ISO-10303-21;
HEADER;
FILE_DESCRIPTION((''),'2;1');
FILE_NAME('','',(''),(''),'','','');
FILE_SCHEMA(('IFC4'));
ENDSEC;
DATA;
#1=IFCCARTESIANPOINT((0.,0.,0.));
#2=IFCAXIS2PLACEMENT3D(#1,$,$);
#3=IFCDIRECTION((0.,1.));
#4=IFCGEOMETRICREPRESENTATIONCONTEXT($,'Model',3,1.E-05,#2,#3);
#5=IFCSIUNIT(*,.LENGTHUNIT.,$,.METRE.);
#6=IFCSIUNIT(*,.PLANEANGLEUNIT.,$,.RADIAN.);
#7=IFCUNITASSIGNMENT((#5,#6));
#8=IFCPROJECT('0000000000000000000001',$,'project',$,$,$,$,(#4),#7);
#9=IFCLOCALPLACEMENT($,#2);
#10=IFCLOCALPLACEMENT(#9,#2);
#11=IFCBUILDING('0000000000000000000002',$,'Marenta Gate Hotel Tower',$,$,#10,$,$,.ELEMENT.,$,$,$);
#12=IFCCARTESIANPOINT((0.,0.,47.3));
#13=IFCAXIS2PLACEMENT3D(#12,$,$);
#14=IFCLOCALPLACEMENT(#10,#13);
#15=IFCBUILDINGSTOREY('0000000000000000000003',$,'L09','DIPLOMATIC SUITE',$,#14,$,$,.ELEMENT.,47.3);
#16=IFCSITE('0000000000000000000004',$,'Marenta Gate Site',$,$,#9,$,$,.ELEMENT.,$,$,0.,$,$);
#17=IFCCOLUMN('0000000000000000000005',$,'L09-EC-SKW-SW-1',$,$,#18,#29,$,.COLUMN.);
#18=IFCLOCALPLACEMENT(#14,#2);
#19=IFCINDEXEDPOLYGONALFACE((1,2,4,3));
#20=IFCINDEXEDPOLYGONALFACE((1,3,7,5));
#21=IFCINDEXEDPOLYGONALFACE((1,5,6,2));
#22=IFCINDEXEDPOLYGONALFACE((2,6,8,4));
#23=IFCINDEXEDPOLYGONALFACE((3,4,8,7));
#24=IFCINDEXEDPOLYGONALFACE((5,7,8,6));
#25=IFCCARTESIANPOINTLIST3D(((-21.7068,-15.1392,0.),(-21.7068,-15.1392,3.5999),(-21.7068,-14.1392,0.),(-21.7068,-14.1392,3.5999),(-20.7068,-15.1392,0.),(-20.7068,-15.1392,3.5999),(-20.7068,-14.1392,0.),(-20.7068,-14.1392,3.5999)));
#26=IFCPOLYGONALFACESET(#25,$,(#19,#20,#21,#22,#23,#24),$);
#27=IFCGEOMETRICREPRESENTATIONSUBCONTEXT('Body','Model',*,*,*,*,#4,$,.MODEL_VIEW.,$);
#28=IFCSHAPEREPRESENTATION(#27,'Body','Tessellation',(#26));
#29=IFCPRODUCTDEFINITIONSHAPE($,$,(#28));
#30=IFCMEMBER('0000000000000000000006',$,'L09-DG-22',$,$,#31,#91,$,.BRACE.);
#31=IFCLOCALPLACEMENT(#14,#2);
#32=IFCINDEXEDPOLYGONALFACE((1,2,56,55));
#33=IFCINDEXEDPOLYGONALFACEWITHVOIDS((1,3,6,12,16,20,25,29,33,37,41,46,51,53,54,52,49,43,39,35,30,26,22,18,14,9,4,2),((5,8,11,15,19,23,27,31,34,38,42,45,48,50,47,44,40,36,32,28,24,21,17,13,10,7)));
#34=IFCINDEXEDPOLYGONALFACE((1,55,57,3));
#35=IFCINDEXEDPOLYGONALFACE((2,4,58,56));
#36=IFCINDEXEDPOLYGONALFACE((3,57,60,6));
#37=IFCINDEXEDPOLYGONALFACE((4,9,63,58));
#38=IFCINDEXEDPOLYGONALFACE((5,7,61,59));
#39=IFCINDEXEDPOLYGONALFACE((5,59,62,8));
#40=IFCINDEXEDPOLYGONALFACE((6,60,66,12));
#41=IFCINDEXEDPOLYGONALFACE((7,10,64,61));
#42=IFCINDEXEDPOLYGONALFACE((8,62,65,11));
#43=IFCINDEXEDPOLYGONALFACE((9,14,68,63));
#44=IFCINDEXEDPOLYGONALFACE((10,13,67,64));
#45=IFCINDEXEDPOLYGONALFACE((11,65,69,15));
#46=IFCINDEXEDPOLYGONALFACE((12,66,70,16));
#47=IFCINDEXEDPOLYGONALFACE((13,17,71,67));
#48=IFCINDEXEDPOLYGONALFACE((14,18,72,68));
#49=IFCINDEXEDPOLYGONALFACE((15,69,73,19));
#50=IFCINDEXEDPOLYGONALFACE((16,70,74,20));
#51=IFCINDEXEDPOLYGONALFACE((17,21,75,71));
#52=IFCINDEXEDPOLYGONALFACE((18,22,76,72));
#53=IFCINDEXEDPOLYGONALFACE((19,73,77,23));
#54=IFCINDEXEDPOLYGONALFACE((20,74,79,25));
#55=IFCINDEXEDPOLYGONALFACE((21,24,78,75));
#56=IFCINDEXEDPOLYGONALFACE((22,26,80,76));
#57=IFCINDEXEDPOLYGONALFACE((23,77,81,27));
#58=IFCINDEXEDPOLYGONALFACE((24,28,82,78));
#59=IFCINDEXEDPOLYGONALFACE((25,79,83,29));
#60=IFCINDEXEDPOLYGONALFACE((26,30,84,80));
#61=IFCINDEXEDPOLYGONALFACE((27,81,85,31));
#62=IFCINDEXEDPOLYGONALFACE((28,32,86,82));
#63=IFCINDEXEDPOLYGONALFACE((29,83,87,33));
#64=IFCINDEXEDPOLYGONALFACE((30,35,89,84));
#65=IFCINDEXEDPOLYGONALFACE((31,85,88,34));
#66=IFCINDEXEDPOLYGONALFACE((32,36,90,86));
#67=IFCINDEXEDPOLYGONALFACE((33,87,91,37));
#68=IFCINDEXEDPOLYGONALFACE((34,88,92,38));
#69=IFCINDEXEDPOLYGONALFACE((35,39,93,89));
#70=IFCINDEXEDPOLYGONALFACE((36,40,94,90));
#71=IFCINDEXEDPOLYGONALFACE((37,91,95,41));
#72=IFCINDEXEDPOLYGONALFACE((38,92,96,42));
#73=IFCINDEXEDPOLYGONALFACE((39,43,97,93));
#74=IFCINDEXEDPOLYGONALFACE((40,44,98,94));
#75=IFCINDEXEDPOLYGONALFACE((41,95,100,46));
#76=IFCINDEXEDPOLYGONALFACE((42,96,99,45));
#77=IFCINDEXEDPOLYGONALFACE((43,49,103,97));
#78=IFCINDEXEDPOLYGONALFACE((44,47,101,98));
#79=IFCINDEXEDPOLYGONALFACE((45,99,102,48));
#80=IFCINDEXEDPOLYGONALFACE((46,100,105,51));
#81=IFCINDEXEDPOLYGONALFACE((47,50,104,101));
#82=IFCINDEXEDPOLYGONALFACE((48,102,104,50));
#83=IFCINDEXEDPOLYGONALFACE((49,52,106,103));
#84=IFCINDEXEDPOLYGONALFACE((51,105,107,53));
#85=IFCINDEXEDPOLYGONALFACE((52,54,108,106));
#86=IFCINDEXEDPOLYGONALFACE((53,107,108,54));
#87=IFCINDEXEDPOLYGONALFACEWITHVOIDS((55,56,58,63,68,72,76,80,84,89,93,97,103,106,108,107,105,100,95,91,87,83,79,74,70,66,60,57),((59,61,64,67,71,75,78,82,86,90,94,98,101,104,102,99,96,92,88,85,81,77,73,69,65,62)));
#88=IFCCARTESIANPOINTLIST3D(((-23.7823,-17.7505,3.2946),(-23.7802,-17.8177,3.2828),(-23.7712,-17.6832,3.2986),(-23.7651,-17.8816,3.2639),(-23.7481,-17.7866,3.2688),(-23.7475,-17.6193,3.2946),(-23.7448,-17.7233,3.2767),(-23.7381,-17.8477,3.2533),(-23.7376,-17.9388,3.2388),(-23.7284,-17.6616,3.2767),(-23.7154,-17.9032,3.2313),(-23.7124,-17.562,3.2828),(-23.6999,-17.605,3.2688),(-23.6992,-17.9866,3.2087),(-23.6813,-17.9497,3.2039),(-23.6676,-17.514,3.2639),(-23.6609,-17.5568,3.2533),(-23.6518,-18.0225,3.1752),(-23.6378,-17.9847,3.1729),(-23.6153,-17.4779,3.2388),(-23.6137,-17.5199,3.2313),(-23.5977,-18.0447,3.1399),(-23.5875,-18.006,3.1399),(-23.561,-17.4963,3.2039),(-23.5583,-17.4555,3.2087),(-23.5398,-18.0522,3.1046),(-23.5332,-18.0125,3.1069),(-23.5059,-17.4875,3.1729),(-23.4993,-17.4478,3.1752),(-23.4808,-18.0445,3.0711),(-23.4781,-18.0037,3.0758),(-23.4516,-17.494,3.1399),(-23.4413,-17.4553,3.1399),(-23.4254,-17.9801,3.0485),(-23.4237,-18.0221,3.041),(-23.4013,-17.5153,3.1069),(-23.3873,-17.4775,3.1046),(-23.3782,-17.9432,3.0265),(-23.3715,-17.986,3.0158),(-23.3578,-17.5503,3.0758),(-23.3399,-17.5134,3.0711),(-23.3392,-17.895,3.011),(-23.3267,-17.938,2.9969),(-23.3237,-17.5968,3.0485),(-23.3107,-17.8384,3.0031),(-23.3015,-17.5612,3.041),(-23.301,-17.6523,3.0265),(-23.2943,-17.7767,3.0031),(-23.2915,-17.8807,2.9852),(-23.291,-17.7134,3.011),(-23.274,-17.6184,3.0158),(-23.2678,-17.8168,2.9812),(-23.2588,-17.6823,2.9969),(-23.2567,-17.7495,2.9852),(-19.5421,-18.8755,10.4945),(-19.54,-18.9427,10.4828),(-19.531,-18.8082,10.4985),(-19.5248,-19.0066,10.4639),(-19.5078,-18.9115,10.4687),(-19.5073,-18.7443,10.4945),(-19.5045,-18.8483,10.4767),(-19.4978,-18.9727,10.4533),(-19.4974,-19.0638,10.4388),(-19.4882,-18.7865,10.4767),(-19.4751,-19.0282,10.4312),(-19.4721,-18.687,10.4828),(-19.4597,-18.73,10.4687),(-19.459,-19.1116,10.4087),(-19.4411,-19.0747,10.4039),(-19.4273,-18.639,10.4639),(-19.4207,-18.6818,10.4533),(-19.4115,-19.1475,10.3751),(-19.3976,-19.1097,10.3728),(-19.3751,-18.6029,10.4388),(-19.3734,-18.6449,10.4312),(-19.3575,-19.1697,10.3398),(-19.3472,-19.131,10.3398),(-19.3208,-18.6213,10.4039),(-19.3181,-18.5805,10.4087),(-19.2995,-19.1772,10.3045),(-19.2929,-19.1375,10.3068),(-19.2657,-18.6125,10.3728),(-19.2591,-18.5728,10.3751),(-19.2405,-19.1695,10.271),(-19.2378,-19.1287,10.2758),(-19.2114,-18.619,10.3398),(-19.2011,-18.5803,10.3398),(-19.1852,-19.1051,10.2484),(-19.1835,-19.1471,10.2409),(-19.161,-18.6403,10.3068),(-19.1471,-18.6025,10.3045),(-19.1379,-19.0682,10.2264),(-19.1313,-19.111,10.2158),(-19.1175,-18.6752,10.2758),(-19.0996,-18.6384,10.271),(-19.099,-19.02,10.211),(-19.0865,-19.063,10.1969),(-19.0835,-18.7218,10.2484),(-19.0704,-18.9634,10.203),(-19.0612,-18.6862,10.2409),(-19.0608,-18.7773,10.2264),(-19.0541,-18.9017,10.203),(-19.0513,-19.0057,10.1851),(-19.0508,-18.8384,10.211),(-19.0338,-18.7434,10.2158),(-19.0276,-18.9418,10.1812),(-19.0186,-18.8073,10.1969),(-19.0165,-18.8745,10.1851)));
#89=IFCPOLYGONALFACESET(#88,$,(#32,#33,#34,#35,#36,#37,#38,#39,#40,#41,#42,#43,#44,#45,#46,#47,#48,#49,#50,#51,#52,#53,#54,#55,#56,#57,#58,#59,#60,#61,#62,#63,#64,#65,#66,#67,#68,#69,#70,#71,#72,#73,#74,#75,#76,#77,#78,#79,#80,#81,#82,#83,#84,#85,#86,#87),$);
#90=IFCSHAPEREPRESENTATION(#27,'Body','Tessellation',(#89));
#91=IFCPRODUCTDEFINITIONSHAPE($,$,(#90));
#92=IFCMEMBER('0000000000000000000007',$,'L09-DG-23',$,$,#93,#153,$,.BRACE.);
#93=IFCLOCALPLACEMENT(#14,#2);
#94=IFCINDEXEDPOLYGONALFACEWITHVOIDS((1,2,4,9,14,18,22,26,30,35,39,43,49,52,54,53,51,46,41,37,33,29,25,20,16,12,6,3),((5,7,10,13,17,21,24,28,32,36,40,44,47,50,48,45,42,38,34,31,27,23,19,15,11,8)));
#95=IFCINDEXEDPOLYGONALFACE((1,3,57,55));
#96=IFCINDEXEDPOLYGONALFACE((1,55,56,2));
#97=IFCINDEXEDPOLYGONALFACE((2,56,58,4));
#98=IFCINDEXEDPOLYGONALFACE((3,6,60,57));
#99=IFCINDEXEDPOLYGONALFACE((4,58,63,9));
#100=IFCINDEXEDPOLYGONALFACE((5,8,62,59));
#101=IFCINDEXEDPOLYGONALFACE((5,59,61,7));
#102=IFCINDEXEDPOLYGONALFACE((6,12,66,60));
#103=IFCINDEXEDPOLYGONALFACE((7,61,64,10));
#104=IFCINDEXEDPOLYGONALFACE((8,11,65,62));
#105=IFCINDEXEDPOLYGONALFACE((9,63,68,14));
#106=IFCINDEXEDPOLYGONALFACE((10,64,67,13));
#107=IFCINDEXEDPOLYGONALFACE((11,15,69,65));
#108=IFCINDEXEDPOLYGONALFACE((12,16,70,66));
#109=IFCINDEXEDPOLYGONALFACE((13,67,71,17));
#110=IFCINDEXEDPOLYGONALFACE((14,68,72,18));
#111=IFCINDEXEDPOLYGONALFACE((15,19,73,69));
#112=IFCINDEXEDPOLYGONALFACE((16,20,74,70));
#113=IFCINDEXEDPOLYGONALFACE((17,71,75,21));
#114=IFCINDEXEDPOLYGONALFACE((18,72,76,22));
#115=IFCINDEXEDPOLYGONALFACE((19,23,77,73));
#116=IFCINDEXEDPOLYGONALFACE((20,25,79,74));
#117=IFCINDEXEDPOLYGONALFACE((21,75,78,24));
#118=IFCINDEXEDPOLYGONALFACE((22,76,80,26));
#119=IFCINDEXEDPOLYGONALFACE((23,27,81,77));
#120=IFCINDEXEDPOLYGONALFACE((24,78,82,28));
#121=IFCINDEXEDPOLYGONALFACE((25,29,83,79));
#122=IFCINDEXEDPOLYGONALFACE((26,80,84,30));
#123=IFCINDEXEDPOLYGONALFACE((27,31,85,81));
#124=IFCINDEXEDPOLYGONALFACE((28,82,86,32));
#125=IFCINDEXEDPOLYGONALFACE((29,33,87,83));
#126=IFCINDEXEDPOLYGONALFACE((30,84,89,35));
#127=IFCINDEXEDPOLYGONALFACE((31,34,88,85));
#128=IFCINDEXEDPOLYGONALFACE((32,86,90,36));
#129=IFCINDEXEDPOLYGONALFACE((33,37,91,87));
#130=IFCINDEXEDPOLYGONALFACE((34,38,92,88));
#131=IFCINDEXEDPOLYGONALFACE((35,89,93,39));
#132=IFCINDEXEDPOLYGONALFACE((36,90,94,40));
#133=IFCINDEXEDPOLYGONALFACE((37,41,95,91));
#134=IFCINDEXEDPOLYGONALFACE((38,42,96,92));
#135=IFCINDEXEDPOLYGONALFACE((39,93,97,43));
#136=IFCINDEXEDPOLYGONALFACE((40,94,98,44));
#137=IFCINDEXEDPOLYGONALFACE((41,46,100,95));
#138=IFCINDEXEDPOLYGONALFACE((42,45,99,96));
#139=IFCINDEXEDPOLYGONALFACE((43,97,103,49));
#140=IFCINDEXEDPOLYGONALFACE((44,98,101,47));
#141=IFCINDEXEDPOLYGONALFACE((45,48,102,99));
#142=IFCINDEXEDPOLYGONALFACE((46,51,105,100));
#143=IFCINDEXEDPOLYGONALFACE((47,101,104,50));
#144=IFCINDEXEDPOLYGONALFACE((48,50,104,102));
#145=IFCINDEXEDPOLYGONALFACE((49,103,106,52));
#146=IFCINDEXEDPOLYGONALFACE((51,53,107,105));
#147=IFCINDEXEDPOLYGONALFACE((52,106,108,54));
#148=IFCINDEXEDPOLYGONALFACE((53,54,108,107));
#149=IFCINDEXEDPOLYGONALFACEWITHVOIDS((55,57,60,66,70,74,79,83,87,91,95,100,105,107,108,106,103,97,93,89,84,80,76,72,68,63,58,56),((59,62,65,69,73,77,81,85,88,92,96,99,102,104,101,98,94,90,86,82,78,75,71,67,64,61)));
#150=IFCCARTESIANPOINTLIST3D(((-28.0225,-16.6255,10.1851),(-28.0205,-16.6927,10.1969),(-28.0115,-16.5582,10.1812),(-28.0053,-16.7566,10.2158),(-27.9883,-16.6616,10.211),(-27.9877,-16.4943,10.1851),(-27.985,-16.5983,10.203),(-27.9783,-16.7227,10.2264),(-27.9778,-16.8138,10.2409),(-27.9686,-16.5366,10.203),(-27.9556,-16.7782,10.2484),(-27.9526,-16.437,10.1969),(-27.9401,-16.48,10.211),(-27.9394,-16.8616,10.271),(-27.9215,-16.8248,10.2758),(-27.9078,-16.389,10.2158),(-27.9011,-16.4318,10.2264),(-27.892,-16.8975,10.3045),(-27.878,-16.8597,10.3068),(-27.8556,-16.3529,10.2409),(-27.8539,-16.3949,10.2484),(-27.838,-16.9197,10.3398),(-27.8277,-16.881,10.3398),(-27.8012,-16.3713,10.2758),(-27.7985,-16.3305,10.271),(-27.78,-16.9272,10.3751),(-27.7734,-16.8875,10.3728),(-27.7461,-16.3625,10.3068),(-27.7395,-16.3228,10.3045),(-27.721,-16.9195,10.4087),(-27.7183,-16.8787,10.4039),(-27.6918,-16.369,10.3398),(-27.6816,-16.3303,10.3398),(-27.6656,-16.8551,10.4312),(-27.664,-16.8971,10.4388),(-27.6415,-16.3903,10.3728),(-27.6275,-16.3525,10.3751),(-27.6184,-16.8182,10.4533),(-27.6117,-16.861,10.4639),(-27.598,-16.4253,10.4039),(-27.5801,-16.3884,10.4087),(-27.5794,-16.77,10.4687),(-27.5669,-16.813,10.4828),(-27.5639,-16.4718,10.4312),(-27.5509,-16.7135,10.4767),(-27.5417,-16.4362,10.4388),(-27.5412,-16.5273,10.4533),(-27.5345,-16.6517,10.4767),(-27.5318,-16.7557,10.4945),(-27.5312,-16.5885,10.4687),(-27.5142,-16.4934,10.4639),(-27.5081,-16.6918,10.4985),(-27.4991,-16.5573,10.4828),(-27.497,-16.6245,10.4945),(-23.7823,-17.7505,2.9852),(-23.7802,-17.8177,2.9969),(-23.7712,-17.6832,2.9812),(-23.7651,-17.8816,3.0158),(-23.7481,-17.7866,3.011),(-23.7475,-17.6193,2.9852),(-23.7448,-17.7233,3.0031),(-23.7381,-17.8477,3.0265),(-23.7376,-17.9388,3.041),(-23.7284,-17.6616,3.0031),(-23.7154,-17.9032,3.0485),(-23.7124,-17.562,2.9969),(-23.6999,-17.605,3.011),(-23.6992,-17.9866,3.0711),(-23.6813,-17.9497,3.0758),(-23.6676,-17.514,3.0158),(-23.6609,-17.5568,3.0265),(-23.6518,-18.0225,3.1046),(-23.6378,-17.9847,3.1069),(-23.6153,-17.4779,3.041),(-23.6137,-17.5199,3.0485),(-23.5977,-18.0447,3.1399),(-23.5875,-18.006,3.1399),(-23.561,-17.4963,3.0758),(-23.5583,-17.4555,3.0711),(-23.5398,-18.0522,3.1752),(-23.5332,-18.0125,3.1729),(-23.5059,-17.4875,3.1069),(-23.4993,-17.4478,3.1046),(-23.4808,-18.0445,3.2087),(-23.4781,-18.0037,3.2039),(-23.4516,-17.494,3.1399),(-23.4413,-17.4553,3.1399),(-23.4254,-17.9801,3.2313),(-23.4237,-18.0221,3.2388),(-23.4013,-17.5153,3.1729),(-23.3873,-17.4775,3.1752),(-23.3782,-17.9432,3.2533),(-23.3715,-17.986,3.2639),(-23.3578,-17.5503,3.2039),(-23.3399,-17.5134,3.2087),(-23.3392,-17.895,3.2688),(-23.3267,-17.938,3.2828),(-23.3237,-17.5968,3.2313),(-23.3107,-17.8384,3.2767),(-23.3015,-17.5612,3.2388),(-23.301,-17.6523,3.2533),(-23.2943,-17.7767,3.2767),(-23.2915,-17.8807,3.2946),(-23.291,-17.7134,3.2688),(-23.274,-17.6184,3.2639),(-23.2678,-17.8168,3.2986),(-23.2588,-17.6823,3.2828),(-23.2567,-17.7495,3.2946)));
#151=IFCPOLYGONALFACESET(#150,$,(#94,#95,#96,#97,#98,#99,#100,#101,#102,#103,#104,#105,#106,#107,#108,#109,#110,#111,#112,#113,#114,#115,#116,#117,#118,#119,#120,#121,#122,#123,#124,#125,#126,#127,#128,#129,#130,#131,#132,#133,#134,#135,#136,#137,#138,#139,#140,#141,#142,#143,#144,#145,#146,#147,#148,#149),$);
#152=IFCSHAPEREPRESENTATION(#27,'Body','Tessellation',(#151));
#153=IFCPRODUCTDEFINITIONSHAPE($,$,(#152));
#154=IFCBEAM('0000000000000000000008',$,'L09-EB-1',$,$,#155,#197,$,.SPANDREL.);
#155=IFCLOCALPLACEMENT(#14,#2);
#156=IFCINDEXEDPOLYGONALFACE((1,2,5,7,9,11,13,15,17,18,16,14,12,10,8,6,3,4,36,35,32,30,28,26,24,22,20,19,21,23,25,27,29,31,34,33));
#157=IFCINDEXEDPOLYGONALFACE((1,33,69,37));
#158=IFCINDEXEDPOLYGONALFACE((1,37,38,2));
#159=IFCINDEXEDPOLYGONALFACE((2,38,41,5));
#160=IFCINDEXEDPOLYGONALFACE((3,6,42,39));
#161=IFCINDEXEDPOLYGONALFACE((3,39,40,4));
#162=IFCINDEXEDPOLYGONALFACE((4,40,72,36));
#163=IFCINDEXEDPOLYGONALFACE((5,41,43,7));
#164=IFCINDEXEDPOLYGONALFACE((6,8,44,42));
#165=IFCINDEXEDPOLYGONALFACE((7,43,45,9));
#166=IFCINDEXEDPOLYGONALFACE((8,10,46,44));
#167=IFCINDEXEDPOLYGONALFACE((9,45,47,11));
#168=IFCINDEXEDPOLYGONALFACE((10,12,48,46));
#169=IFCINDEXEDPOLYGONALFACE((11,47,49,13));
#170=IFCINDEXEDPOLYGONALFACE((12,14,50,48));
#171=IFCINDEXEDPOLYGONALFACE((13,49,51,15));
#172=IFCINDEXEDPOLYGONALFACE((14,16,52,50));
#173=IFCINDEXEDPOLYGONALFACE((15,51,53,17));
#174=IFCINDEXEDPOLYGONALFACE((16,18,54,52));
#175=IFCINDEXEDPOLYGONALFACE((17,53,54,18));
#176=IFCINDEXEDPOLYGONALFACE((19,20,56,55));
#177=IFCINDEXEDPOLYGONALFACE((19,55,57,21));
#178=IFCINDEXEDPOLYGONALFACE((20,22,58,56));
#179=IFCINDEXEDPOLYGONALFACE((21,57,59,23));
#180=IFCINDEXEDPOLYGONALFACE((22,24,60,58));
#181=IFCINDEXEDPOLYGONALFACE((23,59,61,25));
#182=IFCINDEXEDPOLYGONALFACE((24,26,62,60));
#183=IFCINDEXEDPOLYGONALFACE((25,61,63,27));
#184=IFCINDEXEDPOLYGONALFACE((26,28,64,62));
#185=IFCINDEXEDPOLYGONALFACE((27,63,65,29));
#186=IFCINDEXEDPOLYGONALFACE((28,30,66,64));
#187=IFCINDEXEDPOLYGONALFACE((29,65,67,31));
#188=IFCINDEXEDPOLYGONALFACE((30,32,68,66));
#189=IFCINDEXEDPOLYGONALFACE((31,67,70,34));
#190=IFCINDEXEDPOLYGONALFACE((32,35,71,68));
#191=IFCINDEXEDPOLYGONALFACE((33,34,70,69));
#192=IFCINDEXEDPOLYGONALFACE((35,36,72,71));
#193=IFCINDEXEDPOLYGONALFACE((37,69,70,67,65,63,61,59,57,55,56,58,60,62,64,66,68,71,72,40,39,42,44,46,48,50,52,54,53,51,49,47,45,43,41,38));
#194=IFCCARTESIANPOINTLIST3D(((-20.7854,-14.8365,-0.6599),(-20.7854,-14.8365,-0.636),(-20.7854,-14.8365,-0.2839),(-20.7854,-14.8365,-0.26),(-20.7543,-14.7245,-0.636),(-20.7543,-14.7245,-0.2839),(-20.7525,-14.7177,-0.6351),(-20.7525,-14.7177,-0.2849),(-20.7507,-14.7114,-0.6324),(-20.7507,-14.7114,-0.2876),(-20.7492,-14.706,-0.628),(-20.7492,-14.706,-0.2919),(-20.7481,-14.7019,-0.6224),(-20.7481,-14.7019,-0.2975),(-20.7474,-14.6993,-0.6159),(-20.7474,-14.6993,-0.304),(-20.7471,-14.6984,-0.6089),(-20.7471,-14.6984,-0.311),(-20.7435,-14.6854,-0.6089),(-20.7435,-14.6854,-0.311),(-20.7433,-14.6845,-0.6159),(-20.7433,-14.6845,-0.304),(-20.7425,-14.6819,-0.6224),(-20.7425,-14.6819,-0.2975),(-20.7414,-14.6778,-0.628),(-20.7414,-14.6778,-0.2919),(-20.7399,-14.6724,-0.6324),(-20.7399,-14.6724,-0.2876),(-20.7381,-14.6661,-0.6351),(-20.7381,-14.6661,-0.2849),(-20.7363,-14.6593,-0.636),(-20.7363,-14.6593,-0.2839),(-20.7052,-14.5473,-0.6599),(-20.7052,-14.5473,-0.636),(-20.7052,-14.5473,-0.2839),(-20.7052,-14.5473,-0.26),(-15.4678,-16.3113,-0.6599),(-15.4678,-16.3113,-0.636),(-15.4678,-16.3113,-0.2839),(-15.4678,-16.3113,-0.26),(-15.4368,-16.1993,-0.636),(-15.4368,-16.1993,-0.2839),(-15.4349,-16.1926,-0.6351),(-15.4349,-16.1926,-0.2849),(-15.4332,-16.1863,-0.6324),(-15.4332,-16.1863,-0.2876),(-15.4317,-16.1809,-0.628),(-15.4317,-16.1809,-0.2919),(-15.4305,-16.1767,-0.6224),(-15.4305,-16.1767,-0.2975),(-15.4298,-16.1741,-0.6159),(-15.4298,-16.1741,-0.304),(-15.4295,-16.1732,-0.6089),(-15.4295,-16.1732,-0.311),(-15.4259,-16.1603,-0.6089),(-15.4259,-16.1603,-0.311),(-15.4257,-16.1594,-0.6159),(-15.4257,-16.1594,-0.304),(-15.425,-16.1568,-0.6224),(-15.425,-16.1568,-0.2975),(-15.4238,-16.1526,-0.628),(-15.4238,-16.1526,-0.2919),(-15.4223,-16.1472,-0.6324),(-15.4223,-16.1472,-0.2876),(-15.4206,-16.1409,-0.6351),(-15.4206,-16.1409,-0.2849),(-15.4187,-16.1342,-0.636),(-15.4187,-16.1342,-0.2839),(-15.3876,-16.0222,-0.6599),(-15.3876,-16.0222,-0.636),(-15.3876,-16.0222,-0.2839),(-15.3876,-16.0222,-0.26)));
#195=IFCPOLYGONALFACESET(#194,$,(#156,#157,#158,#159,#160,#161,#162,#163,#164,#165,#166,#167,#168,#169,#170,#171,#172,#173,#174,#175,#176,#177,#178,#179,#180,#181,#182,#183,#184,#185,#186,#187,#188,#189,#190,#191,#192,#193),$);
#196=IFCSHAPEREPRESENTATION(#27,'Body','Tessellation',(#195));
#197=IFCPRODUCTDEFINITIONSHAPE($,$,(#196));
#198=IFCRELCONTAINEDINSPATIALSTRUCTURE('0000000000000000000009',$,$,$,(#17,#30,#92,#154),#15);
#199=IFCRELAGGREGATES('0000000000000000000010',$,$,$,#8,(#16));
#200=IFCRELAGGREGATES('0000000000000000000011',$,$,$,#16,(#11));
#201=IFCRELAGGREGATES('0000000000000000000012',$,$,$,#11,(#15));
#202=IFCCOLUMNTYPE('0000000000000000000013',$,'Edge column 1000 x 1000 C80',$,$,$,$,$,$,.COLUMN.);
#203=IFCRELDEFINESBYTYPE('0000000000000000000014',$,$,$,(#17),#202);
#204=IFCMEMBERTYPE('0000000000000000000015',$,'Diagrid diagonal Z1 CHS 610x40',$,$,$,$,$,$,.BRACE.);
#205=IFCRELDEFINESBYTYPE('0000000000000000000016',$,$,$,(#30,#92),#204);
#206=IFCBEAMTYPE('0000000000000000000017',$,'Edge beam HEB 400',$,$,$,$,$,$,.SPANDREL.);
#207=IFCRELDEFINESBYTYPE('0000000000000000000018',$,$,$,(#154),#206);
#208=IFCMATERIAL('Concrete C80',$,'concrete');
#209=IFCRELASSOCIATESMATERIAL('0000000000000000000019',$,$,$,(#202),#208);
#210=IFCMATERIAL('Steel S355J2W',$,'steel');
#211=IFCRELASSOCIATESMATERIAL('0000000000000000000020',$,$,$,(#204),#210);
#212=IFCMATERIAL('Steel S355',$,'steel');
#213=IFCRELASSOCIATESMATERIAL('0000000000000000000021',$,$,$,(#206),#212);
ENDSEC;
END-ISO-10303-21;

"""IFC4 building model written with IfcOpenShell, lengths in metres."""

from ifc_helpers import new_model, si_unit, direction, frame, origin, origin_2d, place, context, subcontext, project, spatial, rectangle, hollow_circle, i_section, extrude, material, material_profile, profile_set, type_object, element, save


model = new_model("IFC4")

# Units and contexts
model_context = context("Model", 3, precision=1e-05, world=origin(), true_north=direction((0.0, 1.0)))
body_context = subcontext(model_context, "Body", "Model", "MODEL_VIEW")
ifc_project = project(units=[si_unit("LENGTHUNIT", "METRE"), si_unit("PLANEANGLEUNIT", "RADIAN")], contexts=[model_context])

# Site, building, storey
site_placement = place(None, origin())
site = spatial("IfcSite", under=ifc_project, at=site_placement, Name="Marenta Gate Site", CompositionType="ELEMENT", RefElevation=0.0)
building_placement = place(site_placement, origin())
building = spatial("IfcBuilding", under=site, at=building_placement, Name="Marenta Gate Hotel Tower", CompositionType="ELEMENT")
storey_placement = place(building_placement, frame((0.0, 0.0, 47.3)))
storey = spatial("IfcBuildingStorey", under=building, at=storey_placement, Name="L09", Description="DIPLOMATIC SUITE", CompositionType="ELEMENT", Elevation=47.3)

# Column
ifc_material_1 = material(Name="Concrete C80", Category="concrete")
ifc_material_profile_1 = material_profile(ifc_material_1, rectangle(XDim=1.0, YDim=1.0, at=origin_2d()), Name="1000 x 1000")
ifc_profile_set_1 = profile_set([ifc_material_profile_1], Name="Concrete C80")
column_type = type_object("IfcColumnType", Name="Edge column 1000 x 1000 C80", PredefinedType="COLUMN", material=ifc_profile_set_1)
column_placement = place(storey_placement, frame((-21.2068, -14.6392, 0.0), z_axis=(0.0, 0.0, 1.0), x_axis=(1.0, 0.0, 0.0)))
element("IfcColumn", 1, at=column_placement, inside=storey, type_object=column_type, Name="L09-EC-SKW-SW-1", PredefinedType="COLUMN", context=body_context, shape_type="SweptSolid", body=[
    extrude(rectangle(XDim=1.0, YDim=1.0, at=origin_2d()), origin(), (0.0, 0.0, 1.0), 3.5999),
])

# Members
ifc_material_2 = material(Name="Steel S355J2W", Category="steel")
ifc_material_profile_2 = material_profile(ifc_material_2, hollow_circle(Radius=0.3049, WallThickness=0.04, at=origin_2d()), Name="CHS 610x40")
ifc_profile_set_2 = profile_set([ifc_material_profile_2], Name="Steel S355J2W")
member_type_1 = type_object("IfcMemberType", Name="Diagrid diagonal Z1 CHS 610x40", PredefinedType="BRACE", material=ifc_profile_set_2)
for number, where, z_axis, x_axis, name in (
    (2, (-23.5195, -17.75, 3.1399), (0.502924, -0.133434, 0.853969), (0.256443, 0.966559, 0.0), "L09-DG-22"),
    (3, (-23.5195, -17.75, 3.1399), (-0.502924, 0.133434, 0.853969), (-0.256443, -0.966559, 0.0), "L09-DG-23"),
):
    element("IfcMember", number, at=place(storey_placement, frame(where, z_axis=z_axis, x_axis=x_axis)), inside=storey, type_object=member_type_1, Name=name, PredefinedType="BRACE", context=body_context, shape_type="SweptSolid", body=[
        extrude(hollow_circle(Radius=0.3049, WallThickness=0.04, at=origin_2d()), origin(), (0.0, 0.0, 1.0), 8.4312),
    ])

# Beam
ifc_material_3 = material(Name="Steel S355", Category="steel")
ifc_material_profile_3 = material_profile(ifc_material_3, i_section(OverallWidth=0.3, OverallDepth=0.3999, WebThickness=0.0134, FlangeThickness=0.0239, FilletRadius=0.0271, at=origin_2d()), Name="HEB 400")
ifc_profile_set_3 = profile_set([ifc_material_profile_3], Name="Steel S355")
beam_type = type_object("IfcBeamType", Name="Edge beam HEB 400", PredefinedType="SPANDREL", material=ifc_profile_set_3)
beam_1_placement = place(storey_placement, frame((-15.4277, -16.1667, -0.46), z_axis=(-0.963624, 0.267263, 0.0), x_axis=(-0.267263, -0.963624, 0.0)))
element("IfcBeam", 4, at=beam_1_placement, inside=storey, type_object=beam_type, Name="L09-EB-1", PredefinedType="SPANDREL", context=body_context, shape_type="SweptSolid", body=[
    extrude(i_section(OverallWidth=0.3, OverallDepth=0.3999, WebThickness=0.0134, FlangeThickness=0.0239, FilletRadius=0.0271, at=origin_2d()), origin(), (0.0, 0.0, 1.0), 5.5183),
])

save(model, "model.ifc")
